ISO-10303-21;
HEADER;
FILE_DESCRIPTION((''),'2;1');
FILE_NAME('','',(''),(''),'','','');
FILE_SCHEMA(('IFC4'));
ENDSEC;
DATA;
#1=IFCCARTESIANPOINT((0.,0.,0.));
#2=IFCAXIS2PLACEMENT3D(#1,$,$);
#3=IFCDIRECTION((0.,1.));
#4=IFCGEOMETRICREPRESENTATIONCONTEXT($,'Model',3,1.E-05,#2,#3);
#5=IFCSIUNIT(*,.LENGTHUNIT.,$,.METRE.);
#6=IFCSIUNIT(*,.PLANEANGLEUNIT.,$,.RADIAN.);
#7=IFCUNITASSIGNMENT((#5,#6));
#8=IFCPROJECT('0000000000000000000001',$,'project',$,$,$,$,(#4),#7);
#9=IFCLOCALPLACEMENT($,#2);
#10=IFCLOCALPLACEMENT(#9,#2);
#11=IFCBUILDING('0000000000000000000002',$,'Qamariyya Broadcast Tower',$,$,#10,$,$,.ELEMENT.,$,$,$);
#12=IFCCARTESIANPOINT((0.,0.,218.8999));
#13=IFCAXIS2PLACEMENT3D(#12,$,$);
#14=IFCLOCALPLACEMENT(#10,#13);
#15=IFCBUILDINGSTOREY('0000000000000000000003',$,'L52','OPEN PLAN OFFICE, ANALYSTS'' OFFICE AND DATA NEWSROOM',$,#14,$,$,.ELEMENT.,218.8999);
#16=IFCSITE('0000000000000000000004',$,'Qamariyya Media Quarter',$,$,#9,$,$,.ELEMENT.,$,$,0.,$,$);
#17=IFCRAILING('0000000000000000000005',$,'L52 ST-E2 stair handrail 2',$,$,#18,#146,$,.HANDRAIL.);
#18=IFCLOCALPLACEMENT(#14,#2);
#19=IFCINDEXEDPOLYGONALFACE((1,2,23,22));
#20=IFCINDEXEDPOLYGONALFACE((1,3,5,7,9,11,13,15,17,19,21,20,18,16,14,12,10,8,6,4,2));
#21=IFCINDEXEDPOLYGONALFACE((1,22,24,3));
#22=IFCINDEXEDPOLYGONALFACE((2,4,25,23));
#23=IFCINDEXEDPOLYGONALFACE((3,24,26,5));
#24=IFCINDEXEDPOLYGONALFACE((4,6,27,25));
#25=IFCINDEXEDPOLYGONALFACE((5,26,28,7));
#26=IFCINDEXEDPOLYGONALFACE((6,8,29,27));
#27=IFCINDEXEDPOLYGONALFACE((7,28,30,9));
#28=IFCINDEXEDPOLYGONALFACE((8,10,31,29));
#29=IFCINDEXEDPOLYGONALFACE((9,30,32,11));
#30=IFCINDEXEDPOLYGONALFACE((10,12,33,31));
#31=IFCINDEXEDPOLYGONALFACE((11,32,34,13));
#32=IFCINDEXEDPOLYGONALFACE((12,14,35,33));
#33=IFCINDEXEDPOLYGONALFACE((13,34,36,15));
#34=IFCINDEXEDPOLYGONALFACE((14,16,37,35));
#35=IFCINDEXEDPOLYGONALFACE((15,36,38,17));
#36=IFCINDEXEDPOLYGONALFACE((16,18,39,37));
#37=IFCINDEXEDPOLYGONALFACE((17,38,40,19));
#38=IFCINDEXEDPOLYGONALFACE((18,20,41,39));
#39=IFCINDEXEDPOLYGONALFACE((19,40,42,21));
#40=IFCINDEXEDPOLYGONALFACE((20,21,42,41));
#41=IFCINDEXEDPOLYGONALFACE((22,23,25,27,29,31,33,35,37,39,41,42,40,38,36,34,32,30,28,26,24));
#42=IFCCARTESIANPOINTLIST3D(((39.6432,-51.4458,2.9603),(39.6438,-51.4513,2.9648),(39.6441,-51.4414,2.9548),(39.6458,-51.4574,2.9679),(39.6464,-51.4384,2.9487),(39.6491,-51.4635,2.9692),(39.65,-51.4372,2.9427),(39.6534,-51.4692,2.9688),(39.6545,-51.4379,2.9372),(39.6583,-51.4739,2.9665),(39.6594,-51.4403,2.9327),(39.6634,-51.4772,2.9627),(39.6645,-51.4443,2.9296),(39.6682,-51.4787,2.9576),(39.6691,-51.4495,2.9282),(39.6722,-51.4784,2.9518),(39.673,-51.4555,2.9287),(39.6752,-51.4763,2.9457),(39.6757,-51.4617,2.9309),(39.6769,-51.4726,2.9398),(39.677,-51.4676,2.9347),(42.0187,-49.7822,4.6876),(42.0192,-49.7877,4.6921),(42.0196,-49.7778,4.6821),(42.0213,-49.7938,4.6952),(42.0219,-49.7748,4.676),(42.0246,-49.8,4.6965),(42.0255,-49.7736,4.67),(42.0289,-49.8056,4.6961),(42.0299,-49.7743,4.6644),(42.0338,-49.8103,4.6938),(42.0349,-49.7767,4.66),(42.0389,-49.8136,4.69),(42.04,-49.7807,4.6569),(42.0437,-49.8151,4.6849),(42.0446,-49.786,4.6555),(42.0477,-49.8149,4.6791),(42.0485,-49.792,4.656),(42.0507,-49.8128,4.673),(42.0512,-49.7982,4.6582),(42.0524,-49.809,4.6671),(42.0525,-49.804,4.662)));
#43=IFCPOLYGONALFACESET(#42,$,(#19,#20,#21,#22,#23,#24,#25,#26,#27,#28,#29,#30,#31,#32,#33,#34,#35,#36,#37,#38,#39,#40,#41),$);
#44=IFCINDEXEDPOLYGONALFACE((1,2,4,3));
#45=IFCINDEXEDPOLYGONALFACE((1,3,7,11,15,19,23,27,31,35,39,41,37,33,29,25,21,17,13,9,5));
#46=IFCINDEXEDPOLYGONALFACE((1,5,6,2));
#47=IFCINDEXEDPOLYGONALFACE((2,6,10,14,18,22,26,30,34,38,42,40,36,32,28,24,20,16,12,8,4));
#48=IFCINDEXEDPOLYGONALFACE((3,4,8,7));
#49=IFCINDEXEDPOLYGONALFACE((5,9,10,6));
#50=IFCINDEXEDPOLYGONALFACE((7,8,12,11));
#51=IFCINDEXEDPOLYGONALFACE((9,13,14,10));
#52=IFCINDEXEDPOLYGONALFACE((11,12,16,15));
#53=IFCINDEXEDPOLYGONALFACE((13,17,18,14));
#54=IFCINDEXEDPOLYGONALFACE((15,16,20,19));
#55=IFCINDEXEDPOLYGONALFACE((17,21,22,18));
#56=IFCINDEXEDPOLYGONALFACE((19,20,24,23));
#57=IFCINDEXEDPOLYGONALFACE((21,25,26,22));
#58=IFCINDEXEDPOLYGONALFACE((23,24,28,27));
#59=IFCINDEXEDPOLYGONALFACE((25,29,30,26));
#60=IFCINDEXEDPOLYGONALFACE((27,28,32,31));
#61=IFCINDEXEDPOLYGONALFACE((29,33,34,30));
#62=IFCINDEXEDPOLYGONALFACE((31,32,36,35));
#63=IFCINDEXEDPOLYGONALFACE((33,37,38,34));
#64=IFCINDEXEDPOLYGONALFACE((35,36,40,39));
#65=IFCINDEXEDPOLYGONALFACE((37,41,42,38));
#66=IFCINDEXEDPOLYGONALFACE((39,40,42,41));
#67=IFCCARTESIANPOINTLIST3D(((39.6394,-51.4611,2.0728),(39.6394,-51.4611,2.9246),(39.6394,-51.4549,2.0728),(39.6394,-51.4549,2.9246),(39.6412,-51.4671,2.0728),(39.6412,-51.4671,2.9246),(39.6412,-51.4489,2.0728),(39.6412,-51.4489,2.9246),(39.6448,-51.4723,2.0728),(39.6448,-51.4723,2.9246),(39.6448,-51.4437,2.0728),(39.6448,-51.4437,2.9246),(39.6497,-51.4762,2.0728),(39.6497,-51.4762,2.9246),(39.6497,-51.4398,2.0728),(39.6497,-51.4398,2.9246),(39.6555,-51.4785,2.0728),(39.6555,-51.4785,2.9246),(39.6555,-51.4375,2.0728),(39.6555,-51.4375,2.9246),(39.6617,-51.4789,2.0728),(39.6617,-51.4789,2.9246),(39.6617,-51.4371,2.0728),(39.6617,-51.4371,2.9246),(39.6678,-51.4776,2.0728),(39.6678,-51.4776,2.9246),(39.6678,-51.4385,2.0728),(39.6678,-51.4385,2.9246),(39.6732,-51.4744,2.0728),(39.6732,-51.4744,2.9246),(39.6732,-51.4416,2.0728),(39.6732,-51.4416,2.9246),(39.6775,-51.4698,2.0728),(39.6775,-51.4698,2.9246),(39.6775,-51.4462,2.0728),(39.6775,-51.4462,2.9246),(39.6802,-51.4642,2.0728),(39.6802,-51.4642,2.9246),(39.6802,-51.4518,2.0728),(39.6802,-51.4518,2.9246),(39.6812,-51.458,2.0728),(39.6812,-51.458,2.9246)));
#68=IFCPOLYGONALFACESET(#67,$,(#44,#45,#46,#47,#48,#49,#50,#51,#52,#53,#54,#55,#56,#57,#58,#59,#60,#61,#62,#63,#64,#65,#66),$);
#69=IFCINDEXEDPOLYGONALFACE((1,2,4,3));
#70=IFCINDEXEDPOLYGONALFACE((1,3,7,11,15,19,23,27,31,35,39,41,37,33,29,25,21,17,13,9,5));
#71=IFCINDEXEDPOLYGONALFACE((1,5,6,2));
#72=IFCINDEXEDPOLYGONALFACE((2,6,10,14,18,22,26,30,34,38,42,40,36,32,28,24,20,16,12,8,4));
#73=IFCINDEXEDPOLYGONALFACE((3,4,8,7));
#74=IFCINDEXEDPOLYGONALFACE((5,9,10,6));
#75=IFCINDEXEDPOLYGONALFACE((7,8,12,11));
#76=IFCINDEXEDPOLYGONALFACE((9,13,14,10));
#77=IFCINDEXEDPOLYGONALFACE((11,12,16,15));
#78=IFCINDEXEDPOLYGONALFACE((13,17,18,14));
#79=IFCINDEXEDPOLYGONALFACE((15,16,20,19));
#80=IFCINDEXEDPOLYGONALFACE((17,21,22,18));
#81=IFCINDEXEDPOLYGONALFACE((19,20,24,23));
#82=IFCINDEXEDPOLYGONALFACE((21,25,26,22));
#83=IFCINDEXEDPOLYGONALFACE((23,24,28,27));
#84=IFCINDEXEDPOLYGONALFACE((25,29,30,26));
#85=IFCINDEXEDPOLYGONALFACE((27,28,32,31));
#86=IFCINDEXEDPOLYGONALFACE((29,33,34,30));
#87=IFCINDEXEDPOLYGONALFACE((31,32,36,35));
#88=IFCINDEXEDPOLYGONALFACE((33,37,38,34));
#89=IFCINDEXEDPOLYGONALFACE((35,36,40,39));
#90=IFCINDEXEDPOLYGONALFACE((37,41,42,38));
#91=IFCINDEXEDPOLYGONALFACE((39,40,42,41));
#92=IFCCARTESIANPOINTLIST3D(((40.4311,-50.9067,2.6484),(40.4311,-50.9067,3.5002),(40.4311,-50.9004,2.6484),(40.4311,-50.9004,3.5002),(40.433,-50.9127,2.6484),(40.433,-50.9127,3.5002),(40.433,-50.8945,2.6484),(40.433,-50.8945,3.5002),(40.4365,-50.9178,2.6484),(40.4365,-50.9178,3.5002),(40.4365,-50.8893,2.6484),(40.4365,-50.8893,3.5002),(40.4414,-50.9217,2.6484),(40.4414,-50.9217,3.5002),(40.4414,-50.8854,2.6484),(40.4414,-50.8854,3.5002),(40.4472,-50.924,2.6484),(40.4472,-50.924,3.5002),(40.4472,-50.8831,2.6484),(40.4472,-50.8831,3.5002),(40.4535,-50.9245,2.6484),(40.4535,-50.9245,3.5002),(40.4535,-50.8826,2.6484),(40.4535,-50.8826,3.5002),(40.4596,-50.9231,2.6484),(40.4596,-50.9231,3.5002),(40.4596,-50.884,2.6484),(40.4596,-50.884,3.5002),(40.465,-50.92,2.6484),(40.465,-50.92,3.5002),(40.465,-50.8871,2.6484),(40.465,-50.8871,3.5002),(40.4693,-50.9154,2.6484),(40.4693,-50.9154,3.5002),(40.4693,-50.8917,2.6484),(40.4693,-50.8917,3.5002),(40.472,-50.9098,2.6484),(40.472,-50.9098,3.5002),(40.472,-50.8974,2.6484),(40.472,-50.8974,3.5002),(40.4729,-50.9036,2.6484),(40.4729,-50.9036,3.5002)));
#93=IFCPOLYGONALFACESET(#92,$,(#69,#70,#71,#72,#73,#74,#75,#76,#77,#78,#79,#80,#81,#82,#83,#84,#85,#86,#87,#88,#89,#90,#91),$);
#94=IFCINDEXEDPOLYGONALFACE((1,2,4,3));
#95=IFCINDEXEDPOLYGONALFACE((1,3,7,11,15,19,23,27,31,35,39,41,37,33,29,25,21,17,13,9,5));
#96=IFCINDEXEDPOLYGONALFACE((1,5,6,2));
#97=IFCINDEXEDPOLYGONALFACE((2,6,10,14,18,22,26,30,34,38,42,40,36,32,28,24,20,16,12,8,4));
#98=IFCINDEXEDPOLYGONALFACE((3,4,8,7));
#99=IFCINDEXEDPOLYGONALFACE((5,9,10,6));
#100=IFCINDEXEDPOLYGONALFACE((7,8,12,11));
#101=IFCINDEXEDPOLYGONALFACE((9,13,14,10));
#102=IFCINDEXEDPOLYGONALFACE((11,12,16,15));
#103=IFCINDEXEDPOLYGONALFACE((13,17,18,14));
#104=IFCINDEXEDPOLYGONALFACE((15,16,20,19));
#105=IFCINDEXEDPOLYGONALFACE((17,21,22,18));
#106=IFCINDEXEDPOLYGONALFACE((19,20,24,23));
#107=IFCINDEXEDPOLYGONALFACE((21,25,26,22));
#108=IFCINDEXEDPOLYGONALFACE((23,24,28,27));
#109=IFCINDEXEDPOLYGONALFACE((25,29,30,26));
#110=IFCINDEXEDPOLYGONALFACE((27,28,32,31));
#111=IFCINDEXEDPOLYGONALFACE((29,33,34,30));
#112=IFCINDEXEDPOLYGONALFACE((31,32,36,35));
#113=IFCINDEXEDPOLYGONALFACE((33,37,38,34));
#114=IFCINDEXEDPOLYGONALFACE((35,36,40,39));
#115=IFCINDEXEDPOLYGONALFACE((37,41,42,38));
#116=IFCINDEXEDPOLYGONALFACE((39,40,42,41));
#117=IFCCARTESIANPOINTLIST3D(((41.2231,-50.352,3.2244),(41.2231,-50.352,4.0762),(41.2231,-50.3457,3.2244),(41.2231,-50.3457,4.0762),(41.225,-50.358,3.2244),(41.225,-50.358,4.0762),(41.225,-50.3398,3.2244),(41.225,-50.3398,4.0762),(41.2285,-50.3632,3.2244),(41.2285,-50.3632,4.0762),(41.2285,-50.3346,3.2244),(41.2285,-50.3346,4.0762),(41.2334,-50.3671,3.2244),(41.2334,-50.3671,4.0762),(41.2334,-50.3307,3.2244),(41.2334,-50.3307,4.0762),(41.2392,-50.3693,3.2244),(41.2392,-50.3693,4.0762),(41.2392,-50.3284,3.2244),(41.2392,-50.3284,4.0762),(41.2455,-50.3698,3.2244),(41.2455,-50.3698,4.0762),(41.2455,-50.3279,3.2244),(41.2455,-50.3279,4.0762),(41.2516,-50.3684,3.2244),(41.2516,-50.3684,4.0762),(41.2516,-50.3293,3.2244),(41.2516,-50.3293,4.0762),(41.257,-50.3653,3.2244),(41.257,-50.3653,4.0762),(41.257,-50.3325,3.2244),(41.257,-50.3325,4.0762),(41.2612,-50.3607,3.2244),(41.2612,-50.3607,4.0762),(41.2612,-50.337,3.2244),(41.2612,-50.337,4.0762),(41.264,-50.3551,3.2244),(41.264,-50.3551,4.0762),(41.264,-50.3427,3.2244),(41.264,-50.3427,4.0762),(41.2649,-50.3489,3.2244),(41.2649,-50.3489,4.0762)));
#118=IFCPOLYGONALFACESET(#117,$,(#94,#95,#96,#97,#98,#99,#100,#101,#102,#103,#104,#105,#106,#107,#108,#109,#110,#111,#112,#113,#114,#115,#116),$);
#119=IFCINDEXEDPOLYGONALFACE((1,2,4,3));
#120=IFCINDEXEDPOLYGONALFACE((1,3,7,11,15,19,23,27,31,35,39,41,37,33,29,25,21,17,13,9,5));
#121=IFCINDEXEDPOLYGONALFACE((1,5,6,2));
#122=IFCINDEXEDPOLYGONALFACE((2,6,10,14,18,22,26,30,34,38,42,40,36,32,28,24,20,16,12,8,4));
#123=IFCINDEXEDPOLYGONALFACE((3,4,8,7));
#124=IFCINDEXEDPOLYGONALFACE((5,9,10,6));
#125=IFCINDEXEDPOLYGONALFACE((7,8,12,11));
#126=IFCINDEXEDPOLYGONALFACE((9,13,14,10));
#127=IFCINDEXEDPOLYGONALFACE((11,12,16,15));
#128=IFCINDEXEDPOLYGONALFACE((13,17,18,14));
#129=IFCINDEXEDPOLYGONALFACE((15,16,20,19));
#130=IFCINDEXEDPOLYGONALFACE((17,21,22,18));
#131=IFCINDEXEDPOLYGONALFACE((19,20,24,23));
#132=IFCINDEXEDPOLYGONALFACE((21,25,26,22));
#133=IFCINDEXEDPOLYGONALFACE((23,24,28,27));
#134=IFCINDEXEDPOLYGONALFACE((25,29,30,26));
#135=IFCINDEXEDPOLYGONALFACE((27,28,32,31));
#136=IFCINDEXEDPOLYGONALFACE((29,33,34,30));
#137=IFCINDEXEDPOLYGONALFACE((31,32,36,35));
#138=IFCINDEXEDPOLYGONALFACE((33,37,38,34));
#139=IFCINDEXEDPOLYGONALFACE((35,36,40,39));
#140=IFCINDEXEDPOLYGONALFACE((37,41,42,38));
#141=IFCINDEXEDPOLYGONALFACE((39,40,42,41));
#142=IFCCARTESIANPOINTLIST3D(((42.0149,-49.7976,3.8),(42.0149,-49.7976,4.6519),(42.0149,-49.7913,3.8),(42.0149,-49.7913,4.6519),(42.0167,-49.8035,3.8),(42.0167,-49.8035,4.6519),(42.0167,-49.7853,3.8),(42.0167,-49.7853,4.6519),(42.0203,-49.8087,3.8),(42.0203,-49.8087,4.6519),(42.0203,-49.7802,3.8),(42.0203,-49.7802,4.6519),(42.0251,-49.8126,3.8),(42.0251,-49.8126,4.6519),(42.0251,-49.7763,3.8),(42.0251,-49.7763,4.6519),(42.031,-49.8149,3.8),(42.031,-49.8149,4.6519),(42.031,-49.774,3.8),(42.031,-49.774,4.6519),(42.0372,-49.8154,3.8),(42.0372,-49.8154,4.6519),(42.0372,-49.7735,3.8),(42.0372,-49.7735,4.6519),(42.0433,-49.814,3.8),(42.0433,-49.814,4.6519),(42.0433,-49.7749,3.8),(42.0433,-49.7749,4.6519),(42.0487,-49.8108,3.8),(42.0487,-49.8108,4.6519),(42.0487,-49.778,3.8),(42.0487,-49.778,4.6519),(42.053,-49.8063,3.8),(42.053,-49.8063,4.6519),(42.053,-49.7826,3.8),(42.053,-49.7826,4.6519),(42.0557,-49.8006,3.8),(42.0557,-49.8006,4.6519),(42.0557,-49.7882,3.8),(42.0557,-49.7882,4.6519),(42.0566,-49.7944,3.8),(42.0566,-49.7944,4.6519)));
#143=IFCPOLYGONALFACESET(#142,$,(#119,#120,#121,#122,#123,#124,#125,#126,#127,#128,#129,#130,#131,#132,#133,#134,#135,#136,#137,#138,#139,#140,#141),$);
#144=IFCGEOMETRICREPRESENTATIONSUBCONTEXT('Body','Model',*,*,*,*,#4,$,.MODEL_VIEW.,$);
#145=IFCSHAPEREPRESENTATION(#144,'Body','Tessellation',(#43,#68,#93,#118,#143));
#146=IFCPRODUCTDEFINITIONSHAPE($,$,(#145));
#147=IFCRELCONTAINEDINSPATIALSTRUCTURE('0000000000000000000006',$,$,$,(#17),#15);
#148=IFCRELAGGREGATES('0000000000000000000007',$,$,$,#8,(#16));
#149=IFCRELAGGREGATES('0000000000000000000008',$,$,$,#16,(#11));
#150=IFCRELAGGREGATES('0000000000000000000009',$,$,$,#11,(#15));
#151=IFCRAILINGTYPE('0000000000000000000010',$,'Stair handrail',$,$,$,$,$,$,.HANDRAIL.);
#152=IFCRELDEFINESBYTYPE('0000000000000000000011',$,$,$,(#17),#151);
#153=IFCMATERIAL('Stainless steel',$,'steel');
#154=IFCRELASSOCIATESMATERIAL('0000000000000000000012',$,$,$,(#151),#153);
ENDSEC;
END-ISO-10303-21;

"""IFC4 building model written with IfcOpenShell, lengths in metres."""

from ifc_helpers import new_model, si_unit, direction, frame, origin, origin_2d, place, context, subcontext, project, spatial, circle, extrude, material, type_object, element, save


model = new_model("IFC4")

# Units and contexts
model_context = context("Model", 3, precision=1e-05, world=origin(), true_north=direction((0.0, 1.0)))
body_context = subcontext(model_context, "Body", "Model", "MODEL_VIEW")
ifc_project = project(units=[si_unit("LENGTHUNIT", "METRE"), si_unit("PLANEANGLEUNIT", "RADIAN")], contexts=[model_context])

# Site, building, storey
site_placement = place(None, origin())
site = spatial("IfcSite", under=ifc_project, at=site_placement, Name="Qamariyya Media Quarter", CompositionType="ELEMENT", RefElevation=0.0)
building_placement = place(site_placement, origin())
building = spatial("IfcBuilding", under=site, at=building_placement, Name="Qamariyya Broadcast Tower", CompositionType="ELEMENT")
storey_placement = place(building_placement, frame((0.0, 0.0, 218.8999)))
storey = spatial("IfcBuildingStorey", under=building, at=storey_placement, Name="L52", Description="OPEN PLAN OFFICE, ANALYSTS' OFFICE AND DATA NEWSROOM", CompositionType="ELEMENT", Elevation=218.8999)

# Railing
ifc_material_1 = material(Name="Stainless steel", Category="steel")
railing_type_1 = type_object("IfcRailingType", Name="Stair handrail", PredefinedType="HANDRAIL", material=ifc_material_1)
railing_1_placement = place(storey_placement, frame((39.6602, -51.458, 2.0728)))
element("IfcRailing", 1, at=railing_1_placement, inside=storey, type_object=railing_type_1, Name="L52 ST-E2 stair handrail 2", PredefinedType="HANDRAIL", context=body_context, shape_type="SweptSolid", body=[
    extrude(circle(Radius=0.0239, at=origin_2d()), frame((0.0, 0.0, 0.876), z_axis=(0.703745, 0.492838, 0.511716), x_axis=(-0.573632, 0.819113, 0.0)), (0.0, 0.0, 1.0), 3.3755),
    extrude(circle(Radius=0.021, at=origin_2d()), origin(), (0.0, 0.0, 1.0), 0.8518),
    extrude(circle(Radius=0.021, at=origin_2d()), frame((0.7917, 0.5544, 0.5757)), (0.0, 0.0, 1.0), 0.8518),
    extrude(circle(Radius=0.021, at=origin_2d()), frame((1.5837, 1.1091, 1.1516)), (0.0, 0.0, 1.0), 0.8518),
    extrude(circle(Radius=0.021, at=origin_2d()), frame((2.3755, 1.6636, 1.7273)), (0.0, 0.0, 1.0), 0.8518),
])

save(model, "model.ifc")
